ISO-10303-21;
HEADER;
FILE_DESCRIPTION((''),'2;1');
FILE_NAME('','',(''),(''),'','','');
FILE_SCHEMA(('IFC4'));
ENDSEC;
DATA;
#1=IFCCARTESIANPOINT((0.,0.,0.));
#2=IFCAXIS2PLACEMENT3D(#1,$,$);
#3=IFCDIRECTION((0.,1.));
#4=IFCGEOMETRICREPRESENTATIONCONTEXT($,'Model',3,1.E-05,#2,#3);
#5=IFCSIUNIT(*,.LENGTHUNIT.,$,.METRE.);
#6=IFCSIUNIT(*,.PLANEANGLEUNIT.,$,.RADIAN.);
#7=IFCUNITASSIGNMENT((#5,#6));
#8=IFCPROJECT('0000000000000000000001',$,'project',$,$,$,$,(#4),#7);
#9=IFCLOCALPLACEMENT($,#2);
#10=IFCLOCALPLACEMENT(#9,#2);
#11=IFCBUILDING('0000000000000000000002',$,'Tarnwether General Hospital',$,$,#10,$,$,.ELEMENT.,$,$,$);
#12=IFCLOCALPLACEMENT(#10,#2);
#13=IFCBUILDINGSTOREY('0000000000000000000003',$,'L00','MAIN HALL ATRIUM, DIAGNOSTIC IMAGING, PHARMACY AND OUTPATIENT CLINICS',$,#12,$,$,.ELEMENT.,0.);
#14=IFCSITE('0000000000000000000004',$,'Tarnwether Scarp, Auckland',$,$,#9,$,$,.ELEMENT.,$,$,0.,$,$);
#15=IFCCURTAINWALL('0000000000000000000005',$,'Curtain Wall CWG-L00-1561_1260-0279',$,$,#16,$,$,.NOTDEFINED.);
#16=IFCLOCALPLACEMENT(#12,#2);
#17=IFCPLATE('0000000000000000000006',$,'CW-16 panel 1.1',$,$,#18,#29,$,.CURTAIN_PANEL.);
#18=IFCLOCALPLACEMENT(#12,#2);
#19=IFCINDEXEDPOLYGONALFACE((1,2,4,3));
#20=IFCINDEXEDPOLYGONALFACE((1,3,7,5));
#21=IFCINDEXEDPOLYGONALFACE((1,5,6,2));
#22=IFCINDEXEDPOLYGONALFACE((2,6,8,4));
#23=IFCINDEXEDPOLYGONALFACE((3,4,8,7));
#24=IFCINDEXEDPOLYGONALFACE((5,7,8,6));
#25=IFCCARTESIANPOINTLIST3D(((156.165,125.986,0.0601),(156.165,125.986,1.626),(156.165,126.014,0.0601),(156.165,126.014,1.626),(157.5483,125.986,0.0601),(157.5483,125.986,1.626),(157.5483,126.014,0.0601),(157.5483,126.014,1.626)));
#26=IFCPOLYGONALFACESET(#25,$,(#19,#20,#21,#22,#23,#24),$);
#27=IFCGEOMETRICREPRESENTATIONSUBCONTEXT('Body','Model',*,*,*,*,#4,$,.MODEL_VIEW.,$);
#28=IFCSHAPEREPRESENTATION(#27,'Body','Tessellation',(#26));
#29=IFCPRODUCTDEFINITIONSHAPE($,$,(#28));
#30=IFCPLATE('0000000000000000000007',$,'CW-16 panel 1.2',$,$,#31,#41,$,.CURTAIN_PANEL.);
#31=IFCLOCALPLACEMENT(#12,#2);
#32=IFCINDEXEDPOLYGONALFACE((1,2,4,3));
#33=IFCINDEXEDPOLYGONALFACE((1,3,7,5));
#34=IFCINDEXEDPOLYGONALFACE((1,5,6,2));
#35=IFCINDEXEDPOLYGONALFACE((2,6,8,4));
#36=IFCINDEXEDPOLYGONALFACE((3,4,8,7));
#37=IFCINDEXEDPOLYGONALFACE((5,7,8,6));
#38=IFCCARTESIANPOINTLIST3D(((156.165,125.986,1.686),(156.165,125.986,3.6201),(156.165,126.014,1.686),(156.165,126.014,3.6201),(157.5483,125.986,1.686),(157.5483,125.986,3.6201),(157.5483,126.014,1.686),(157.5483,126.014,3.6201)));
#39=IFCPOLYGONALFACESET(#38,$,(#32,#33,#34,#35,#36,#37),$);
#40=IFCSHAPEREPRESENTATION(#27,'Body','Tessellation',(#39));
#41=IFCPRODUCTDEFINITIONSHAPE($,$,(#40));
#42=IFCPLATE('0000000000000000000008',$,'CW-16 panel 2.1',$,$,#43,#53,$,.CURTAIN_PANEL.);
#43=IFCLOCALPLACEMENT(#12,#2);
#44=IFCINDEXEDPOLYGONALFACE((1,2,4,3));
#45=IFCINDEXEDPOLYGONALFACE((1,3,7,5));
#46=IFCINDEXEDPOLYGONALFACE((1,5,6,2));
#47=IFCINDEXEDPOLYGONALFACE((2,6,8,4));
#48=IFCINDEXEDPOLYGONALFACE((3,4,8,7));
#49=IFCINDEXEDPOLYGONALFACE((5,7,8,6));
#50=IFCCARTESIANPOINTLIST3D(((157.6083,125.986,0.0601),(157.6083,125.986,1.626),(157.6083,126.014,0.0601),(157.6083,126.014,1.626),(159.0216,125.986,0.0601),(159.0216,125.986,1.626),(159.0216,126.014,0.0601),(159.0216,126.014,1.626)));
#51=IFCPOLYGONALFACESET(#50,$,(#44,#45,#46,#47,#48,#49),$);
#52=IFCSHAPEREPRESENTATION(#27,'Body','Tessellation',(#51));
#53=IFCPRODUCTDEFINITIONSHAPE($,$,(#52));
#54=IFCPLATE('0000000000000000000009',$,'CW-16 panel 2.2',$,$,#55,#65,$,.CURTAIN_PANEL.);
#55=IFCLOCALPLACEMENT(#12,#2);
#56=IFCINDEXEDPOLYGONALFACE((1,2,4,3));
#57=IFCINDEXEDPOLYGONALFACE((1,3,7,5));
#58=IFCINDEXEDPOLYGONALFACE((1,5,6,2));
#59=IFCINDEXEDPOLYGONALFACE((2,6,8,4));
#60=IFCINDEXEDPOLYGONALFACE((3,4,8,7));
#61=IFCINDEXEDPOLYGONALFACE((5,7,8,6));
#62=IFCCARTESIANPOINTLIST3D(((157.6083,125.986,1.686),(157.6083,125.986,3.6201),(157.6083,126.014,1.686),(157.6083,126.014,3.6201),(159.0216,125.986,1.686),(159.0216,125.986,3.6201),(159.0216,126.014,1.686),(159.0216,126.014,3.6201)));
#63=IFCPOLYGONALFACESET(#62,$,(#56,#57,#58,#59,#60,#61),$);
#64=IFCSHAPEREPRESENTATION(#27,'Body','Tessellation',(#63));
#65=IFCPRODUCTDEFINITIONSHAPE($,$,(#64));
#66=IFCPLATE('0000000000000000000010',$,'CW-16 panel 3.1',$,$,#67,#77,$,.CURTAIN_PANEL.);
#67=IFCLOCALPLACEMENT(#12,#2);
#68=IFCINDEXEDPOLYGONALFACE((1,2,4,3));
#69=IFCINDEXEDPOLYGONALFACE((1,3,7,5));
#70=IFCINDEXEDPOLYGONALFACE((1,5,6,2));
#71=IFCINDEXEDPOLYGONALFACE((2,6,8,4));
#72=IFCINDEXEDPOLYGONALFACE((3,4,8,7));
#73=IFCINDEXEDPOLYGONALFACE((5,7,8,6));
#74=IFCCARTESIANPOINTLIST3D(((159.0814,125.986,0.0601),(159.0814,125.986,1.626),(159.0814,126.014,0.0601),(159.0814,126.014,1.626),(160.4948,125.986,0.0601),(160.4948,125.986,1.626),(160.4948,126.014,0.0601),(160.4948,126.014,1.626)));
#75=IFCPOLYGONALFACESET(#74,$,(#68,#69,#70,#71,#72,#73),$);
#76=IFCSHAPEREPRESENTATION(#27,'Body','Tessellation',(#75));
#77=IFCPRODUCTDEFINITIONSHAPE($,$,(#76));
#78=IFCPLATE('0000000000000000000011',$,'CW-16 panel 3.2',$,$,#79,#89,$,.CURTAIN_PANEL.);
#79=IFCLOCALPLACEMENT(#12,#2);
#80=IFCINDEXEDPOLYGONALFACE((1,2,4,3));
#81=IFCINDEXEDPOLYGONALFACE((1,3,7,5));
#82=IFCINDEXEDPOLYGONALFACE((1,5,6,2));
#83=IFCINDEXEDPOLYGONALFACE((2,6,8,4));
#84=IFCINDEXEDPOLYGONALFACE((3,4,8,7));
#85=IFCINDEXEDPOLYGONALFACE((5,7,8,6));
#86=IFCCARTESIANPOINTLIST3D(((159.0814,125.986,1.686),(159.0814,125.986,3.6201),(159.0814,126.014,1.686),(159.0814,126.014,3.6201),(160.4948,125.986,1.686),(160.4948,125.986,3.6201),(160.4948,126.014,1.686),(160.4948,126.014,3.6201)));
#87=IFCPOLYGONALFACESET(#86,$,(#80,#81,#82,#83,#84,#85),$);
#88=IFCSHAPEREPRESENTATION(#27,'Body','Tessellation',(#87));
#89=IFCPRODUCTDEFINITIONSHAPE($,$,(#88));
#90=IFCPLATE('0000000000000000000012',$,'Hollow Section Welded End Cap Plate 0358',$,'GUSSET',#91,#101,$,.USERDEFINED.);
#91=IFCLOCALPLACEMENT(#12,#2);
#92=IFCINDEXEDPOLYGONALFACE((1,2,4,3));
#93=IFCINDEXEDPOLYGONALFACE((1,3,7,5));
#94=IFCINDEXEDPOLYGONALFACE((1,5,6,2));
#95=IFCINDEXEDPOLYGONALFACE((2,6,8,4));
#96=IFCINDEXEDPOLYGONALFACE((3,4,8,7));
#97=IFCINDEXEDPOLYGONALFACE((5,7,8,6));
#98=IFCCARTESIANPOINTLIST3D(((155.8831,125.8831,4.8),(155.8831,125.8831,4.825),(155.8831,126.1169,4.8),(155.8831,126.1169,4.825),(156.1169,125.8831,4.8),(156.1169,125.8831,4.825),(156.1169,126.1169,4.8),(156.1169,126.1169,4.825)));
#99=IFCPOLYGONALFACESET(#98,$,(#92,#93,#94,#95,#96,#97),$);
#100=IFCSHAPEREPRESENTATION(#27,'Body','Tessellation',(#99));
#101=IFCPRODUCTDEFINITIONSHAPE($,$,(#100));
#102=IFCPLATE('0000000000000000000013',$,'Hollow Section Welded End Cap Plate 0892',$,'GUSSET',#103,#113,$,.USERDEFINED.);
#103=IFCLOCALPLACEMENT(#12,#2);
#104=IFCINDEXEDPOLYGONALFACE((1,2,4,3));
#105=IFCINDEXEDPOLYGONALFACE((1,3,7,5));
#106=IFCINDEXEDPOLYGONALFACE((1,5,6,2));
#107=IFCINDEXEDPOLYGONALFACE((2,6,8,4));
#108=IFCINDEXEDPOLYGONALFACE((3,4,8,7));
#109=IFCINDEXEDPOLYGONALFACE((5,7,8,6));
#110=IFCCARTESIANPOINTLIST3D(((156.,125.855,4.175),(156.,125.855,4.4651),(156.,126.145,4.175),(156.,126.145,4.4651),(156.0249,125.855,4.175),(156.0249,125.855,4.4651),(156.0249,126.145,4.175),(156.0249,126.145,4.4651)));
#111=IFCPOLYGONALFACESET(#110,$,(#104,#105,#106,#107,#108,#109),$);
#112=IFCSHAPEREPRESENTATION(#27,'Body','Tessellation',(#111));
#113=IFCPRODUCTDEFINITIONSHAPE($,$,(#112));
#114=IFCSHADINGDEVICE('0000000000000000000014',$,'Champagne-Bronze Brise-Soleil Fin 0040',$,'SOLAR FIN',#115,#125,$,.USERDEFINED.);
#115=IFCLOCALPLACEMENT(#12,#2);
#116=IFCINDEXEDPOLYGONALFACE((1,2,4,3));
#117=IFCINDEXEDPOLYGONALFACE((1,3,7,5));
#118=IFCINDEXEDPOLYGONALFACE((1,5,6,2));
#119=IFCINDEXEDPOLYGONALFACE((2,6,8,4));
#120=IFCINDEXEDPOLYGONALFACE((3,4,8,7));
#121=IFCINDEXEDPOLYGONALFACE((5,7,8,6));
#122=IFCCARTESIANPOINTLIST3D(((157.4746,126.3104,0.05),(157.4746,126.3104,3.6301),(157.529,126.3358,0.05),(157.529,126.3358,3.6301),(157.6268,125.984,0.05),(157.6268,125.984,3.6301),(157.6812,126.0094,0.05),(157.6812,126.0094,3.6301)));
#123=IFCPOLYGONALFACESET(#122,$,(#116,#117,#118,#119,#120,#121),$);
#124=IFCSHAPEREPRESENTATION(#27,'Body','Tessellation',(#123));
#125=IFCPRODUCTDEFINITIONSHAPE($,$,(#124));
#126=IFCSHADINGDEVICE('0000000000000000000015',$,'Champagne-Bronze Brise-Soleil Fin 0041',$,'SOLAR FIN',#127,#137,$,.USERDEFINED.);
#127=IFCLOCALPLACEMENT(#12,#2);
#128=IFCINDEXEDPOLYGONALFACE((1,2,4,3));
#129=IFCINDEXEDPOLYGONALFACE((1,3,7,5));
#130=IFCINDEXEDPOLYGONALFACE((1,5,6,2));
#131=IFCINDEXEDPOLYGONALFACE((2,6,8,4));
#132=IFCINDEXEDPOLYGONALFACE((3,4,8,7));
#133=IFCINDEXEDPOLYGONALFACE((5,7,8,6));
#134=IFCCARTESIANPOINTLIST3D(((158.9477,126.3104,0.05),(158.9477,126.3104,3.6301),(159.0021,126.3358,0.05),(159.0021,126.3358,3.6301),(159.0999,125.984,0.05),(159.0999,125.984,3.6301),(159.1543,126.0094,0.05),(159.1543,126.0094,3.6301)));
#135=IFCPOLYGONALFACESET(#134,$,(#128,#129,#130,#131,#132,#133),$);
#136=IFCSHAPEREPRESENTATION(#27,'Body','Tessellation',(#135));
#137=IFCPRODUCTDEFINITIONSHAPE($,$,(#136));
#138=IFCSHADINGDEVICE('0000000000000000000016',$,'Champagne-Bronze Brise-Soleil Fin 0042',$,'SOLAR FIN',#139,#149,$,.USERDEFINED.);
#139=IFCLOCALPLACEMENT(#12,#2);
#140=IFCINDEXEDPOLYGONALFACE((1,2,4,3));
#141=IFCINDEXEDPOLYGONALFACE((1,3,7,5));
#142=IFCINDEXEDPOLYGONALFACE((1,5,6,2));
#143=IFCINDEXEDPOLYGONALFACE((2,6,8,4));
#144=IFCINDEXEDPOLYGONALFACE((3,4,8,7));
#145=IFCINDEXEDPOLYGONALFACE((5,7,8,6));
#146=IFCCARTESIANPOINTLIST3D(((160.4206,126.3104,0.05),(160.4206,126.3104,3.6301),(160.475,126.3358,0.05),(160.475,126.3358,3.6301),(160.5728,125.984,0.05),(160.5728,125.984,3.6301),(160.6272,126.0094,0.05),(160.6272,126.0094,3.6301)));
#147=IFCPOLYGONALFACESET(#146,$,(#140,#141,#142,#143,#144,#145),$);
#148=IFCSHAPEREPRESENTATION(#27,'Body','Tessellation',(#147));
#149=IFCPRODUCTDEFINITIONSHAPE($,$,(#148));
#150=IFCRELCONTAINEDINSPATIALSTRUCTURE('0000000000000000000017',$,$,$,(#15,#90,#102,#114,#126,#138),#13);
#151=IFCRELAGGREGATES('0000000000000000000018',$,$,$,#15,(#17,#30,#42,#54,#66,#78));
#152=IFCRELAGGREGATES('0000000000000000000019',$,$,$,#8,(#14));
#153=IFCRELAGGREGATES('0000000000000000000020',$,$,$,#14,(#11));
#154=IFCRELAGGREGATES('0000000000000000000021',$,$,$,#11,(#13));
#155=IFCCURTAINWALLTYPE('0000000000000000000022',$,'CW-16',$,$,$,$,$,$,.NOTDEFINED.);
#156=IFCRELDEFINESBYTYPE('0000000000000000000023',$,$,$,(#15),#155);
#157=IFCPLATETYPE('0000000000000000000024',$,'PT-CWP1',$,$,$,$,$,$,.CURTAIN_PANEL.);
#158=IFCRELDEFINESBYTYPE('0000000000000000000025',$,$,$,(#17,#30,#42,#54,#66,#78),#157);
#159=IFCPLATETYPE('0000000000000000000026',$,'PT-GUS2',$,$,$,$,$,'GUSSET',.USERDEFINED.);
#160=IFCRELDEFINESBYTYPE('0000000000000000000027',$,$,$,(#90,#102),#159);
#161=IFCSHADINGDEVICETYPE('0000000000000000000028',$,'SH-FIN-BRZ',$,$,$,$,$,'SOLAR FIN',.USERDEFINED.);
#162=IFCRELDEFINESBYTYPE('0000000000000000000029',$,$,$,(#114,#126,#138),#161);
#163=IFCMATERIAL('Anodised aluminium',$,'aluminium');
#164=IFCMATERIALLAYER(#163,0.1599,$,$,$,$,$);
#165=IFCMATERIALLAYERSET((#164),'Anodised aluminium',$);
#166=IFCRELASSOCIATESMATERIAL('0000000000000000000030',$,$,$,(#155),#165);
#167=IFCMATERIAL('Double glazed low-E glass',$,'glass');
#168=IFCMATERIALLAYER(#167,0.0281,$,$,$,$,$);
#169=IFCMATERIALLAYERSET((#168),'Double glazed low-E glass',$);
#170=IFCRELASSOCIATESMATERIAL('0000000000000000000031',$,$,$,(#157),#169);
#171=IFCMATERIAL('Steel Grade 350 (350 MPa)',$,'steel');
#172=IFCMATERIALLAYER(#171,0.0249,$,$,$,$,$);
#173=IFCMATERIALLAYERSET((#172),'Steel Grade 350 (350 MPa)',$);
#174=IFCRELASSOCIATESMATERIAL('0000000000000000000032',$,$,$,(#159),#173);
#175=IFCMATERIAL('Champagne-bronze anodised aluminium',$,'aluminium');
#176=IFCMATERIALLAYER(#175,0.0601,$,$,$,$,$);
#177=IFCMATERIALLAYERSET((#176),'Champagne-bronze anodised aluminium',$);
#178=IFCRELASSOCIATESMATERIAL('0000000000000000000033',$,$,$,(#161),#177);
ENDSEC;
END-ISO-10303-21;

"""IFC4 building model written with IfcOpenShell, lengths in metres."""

from ifc_helpers import new_model, si_unit, direction, frame, origin, origin_2d, place, context, subcontext, project, spatial, rectangle, extrude, material, layer, layer_set, type_object, element, aggregate, save


model = new_model("IFC4")

# Units and contexts
model_context = context("Model", 3, precision=1e-05, world=origin(), true_north=direction((0.0, 1.0)))
body_context = subcontext(model_context, "Body", "Model", "MODEL_VIEW")
ifc_project = project(units=[si_unit("LENGTHUNIT", "METRE"), si_unit("PLANEANGLEUNIT", "RADIAN")], contexts=[model_context])

# Site, building, storey
site_placement = place(None, origin())
site = spatial("IfcSite", under=ifc_project, at=site_placement, Name="Tarnwether Scarp, Auckland", CompositionType="ELEMENT", RefElevation=0.0)
building_placement = place(site_placement, origin())
building = spatial("IfcBuilding", under=site, at=building_placement, Name="Tarnwether General Hospital", CompositionType="ELEMENT")
storey_placement = place(building_placement, origin())
storey = spatial("IfcBuildingStorey", under=building, at=storey_placement, Name="L00", Description="MAIN HALL ATRIUM, DIAGNOSTIC IMAGING, PHARMACY AND OUTPATIENT CLINICS", CompositionType="ELEMENT", Elevation=0.0)

# Curtain wall, plates
ifc_material_1 = material(Name="Anodised aluminium", Category="aluminium")
ifc_layer_1 = layer(ifc_material_1, 0.1599)
ifc_layer_set_1 = layer_set([ifc_layer_1], Name="Anodised aluminium")
curtain_wall_type = type_object("IfcCurtainWallType", Name="CW-16", PredefinedType="NOTDEFINED", material=ifc_layer_set_1)
curtain_wall_placement = place(storey_placement, origin())
curtain_wall = element("IfcCurtainWall", 1, at=curtain_wall_placement, inside=storey, type_object=curtain_wall_type, Name="Curtain Wall CWG-L00-1561_1260-0279", PredefinedType="NOTDEFINED")
ifc_material_2 = material(Name="Double glazed low-E glass", Category="glass")
ifc_layer_2 = layer(ifc_material_2, 0.0281)
ifc_layer_set_2 = layer_set([ifc_layer_2], Name="Double glazed low-E glass")
plate_type_1 = type_object("IfcPlateType", Name="PT-CWP1", PredefinedType="CURTAIN_PANEL", material=ifc_layer_set_2)
plate_1_placement = place(storey_placement, frame((156.8567, 126.0, 0.0601), z_axis=(0.0, 0.0, 1.0), x_axis=(1.0, 0.0, 0.0)))
plate_1 = element("IfcPlate", 2, at=plate_1_placement, type_object=plate_type_1, Name="CW-16 panel 1.1", PredefinedType="CURTAIN_PANEL", context=body_context, shape_type="SweptSolid", body=[
    extrude(rectangle(XDim=1.3833, YDim=0.0281, at=origin_2d()), origin(), (0.0, 0.0, 1.0), 1.5659),
])
plate_2_placement = place(storey_placement, frame((156.8567, 126.0, 1.686), z_axis=(0.0, 0.0, 1.0), x_axis=(1.0, 0.0, 0.0)))
plate_2 = element("IfcPlate", 3, at=plate_2_placement, type_object=plate_type_1, Name="CW-16 panel 1.2", PredefinedType="CURTAIN_PANEL", context=body_context, shape_type="SweptSolid", body=[
    extrude(rectangle(XDim=1.3833, YDim=0.0281, at=origin_2d()), origin(), (0.0, 0.0, 1.0), 1.9341),
])
plate_3_placement = place(storey_placement, frame((158.3149, 126.0, 0.0601), z_axis=(0.0, 0.0, 1.0), x_axis=(1.0, 0.0, 0.0)))
plate_3 = element("IfcPlate", 4, at=plate_3_placement, type_object=plate_type_1, Name="CW-16 panel 2.1", PredefinedType="CURTAIN_PANEL", context=body_context, shape_type="SweptSolid", body=[
    extrude(rectangle(XDim=1.4133, YDim=0.0281, at=origin_2d()), origin(), (0.0, 0.0, 1.0), 1.5659),
])
plate_4_placement = place(storey_placement, frame((158.3149, 126.0, 1.686), z_axis=(0.0, 0.0, 1.0), x_axis=(1.0, 0.0, 0.0)))
plate_4 = element("IfcPlate", 5, at=plate_4_placement, type_object=plate_type_1, Name="CW-16 panel 2.2", PredefinedType="CURTAIN_PANEL", context=body_context, shape_type="SweptSolid", body=[
    extrude(rectangle(XDim=1.4133, YDim=0.0281, at=origin_2d()), origin(), (0.0, 0.0, 1.0), 1.9341),
])
plate_5_placement = place(storey_placement, frame((159.7881, 126.0, 0.0601), z_axis=(0.0, 0.0, 1.0), x_axis=(1.0, 0.0, 0.0)))
plate_5 = element("IfcPlate", 6, at=plate_5_placement, type_object=plate_type_1, Name="CW-16 panel 3.1", PredefinedType="CURTAIN_PANEL", context=body_context, shape_type="SweptSolid", body=[
    extrude(rectangle(XDim=1.4133, YDim=0.0281, at=origin_2d()), origin(), (0.0, 0.0, 1.0), 1.5659),
])
plate_6_placement = place(storey_placement, frame((159.7881, 126.0, 1.686), z_axis=(0.0, 0.0, 1.0), x_axis=(1.0, 0.0, 0.0)))
plate_6 = element("IfcPlate", 7, at=plate_6_placement, type_object=plate_type_1, Name="CW-16 panel 3.2", PredefinedType="CURTAIN_PANEL", context=body_context, shape_type="SweptSolid", body=[
    extrude(rectangle(XDim=1.4133, YDim=0.0281, at=origin_2d()), origin(), (0.0, 0.0, 1.0), 1.9341),
])
aggregate(curtain_wall, [plate_1, plate_2, plate_3, plate_4, plate_5, plate_6])

# Plates
ifc_material_3 = material(Name="Steel Grade 350 (350 MPa)", Category="steel")
ifc_layer_3 = layer(ifc_material_3, 0.0249)
ifc_layer_set_3 = layer_set([ifc_layer_3], Name="Steel Grade 350 (350 MPa)")
plate_type_2 = type_object("IfcPlateType", Name="PT-GUS2", ElementType="GUSSET", PredefinedType="USERDEFINED", material=ifc_layer_set_3)
plate_7_placement = place(storey_placement, frame((156.0, 126.0, 4.8), z_axis=(0.0, 0.0, 1.0), x_axis=(1.0, 0.0, 0.0)))
element("IfcPlate", 8, at=plate_7_placement, inside=storey, type_object=plate_type_2, Name="Hollow Section Welded End Cap Plate 0358", ObjectType="GUSSET", PredefinedType="USERDEFINED", context=body_context, shape_type="SweptSolid", body=[
    extrude(rectangle(XDim=0.2339, YDim=0.2339, at=origin_2d()), origin(), (0.0, 0.0, 1.0), 0.0249),
])
plate_8_placement = place(storey_placement, frame((156.0125, 126.0, 4.175), z_axis=(0.0, 0.0, 1.0), x_axis=(1.0, 0.0, 0.0)))
element("IfcPlate", 9, at=plate_8_placement, inside=storey, type_object=plate_type_2, Name="Hollow Section Welded End Cap Plate 0892", ObjectType="GUSSET", PredefinedType="USERDEFINED", context=body_context, shape_type="SweptSolid", body=[
    extrude(rectangle(XDim=0.0249, YDim=0.29, at=origin_2d()), origin(), (0.0, 0.0, 1.0), 0.29),
])

# Shading devices
ifc_material_4 = material(Name="Champagne-bronze anodised aluminium", Category="aluminium")
ifc_layer_4 = layer(ifc_material_4, 0.0601)
ifc_layer_set_4 = layer_set([ifc_layer_4], Name="Champagne-bronze anodised aluminium")
shading_device_type = type_object("IfcShadingDeviceType", Name="SH-FIN-BRZ", ElementType="SOLAR FIN", PredefinedType="USERDEFINED", material=ifc_layer_set_4)
for number, where, z_axis, x_axis, name in (
    (10, (157.5779, 126.1599, 0.05), (0.0, 0.0, 1.0), (0.906308, 0.422618, 0.0), "Champagne-Bronze Brise-Soleil Fin 0040"),
    (11, (159.051, 126.1599, 0.05), (0.0, 0.0, 1.0), (0.906308, 0.422618, 0.0), "Champagne-Bronze Brise-Soleil Fin 0041"),
    (12, (160.5239, 126.1599, 0.05), (0.0, 0.0, 1.0), (0.906308, 0.422618, 0.0), "Champagne-Bronze Brise-Soleil Fin 0042"),
):
    element("IfcShadingDevice", number, at=place(storey_placement, frame(where, z_axis=z_axis, x_axis=x_axis)), inside=storey, type_object=shading_device_type, Name=name, ObjectType="SOLAR FIN", PredefinedType="USERDEFINED", context=body_context, shape_type="SweptSolid", body=[
        extrude(rectangle(XDim=0.0601, YDim=0.3601, at=origin_2d()), origin(), (0.0, 0.0, 1.0), 3.5801),
    ])

save(model, "model.ifc")
